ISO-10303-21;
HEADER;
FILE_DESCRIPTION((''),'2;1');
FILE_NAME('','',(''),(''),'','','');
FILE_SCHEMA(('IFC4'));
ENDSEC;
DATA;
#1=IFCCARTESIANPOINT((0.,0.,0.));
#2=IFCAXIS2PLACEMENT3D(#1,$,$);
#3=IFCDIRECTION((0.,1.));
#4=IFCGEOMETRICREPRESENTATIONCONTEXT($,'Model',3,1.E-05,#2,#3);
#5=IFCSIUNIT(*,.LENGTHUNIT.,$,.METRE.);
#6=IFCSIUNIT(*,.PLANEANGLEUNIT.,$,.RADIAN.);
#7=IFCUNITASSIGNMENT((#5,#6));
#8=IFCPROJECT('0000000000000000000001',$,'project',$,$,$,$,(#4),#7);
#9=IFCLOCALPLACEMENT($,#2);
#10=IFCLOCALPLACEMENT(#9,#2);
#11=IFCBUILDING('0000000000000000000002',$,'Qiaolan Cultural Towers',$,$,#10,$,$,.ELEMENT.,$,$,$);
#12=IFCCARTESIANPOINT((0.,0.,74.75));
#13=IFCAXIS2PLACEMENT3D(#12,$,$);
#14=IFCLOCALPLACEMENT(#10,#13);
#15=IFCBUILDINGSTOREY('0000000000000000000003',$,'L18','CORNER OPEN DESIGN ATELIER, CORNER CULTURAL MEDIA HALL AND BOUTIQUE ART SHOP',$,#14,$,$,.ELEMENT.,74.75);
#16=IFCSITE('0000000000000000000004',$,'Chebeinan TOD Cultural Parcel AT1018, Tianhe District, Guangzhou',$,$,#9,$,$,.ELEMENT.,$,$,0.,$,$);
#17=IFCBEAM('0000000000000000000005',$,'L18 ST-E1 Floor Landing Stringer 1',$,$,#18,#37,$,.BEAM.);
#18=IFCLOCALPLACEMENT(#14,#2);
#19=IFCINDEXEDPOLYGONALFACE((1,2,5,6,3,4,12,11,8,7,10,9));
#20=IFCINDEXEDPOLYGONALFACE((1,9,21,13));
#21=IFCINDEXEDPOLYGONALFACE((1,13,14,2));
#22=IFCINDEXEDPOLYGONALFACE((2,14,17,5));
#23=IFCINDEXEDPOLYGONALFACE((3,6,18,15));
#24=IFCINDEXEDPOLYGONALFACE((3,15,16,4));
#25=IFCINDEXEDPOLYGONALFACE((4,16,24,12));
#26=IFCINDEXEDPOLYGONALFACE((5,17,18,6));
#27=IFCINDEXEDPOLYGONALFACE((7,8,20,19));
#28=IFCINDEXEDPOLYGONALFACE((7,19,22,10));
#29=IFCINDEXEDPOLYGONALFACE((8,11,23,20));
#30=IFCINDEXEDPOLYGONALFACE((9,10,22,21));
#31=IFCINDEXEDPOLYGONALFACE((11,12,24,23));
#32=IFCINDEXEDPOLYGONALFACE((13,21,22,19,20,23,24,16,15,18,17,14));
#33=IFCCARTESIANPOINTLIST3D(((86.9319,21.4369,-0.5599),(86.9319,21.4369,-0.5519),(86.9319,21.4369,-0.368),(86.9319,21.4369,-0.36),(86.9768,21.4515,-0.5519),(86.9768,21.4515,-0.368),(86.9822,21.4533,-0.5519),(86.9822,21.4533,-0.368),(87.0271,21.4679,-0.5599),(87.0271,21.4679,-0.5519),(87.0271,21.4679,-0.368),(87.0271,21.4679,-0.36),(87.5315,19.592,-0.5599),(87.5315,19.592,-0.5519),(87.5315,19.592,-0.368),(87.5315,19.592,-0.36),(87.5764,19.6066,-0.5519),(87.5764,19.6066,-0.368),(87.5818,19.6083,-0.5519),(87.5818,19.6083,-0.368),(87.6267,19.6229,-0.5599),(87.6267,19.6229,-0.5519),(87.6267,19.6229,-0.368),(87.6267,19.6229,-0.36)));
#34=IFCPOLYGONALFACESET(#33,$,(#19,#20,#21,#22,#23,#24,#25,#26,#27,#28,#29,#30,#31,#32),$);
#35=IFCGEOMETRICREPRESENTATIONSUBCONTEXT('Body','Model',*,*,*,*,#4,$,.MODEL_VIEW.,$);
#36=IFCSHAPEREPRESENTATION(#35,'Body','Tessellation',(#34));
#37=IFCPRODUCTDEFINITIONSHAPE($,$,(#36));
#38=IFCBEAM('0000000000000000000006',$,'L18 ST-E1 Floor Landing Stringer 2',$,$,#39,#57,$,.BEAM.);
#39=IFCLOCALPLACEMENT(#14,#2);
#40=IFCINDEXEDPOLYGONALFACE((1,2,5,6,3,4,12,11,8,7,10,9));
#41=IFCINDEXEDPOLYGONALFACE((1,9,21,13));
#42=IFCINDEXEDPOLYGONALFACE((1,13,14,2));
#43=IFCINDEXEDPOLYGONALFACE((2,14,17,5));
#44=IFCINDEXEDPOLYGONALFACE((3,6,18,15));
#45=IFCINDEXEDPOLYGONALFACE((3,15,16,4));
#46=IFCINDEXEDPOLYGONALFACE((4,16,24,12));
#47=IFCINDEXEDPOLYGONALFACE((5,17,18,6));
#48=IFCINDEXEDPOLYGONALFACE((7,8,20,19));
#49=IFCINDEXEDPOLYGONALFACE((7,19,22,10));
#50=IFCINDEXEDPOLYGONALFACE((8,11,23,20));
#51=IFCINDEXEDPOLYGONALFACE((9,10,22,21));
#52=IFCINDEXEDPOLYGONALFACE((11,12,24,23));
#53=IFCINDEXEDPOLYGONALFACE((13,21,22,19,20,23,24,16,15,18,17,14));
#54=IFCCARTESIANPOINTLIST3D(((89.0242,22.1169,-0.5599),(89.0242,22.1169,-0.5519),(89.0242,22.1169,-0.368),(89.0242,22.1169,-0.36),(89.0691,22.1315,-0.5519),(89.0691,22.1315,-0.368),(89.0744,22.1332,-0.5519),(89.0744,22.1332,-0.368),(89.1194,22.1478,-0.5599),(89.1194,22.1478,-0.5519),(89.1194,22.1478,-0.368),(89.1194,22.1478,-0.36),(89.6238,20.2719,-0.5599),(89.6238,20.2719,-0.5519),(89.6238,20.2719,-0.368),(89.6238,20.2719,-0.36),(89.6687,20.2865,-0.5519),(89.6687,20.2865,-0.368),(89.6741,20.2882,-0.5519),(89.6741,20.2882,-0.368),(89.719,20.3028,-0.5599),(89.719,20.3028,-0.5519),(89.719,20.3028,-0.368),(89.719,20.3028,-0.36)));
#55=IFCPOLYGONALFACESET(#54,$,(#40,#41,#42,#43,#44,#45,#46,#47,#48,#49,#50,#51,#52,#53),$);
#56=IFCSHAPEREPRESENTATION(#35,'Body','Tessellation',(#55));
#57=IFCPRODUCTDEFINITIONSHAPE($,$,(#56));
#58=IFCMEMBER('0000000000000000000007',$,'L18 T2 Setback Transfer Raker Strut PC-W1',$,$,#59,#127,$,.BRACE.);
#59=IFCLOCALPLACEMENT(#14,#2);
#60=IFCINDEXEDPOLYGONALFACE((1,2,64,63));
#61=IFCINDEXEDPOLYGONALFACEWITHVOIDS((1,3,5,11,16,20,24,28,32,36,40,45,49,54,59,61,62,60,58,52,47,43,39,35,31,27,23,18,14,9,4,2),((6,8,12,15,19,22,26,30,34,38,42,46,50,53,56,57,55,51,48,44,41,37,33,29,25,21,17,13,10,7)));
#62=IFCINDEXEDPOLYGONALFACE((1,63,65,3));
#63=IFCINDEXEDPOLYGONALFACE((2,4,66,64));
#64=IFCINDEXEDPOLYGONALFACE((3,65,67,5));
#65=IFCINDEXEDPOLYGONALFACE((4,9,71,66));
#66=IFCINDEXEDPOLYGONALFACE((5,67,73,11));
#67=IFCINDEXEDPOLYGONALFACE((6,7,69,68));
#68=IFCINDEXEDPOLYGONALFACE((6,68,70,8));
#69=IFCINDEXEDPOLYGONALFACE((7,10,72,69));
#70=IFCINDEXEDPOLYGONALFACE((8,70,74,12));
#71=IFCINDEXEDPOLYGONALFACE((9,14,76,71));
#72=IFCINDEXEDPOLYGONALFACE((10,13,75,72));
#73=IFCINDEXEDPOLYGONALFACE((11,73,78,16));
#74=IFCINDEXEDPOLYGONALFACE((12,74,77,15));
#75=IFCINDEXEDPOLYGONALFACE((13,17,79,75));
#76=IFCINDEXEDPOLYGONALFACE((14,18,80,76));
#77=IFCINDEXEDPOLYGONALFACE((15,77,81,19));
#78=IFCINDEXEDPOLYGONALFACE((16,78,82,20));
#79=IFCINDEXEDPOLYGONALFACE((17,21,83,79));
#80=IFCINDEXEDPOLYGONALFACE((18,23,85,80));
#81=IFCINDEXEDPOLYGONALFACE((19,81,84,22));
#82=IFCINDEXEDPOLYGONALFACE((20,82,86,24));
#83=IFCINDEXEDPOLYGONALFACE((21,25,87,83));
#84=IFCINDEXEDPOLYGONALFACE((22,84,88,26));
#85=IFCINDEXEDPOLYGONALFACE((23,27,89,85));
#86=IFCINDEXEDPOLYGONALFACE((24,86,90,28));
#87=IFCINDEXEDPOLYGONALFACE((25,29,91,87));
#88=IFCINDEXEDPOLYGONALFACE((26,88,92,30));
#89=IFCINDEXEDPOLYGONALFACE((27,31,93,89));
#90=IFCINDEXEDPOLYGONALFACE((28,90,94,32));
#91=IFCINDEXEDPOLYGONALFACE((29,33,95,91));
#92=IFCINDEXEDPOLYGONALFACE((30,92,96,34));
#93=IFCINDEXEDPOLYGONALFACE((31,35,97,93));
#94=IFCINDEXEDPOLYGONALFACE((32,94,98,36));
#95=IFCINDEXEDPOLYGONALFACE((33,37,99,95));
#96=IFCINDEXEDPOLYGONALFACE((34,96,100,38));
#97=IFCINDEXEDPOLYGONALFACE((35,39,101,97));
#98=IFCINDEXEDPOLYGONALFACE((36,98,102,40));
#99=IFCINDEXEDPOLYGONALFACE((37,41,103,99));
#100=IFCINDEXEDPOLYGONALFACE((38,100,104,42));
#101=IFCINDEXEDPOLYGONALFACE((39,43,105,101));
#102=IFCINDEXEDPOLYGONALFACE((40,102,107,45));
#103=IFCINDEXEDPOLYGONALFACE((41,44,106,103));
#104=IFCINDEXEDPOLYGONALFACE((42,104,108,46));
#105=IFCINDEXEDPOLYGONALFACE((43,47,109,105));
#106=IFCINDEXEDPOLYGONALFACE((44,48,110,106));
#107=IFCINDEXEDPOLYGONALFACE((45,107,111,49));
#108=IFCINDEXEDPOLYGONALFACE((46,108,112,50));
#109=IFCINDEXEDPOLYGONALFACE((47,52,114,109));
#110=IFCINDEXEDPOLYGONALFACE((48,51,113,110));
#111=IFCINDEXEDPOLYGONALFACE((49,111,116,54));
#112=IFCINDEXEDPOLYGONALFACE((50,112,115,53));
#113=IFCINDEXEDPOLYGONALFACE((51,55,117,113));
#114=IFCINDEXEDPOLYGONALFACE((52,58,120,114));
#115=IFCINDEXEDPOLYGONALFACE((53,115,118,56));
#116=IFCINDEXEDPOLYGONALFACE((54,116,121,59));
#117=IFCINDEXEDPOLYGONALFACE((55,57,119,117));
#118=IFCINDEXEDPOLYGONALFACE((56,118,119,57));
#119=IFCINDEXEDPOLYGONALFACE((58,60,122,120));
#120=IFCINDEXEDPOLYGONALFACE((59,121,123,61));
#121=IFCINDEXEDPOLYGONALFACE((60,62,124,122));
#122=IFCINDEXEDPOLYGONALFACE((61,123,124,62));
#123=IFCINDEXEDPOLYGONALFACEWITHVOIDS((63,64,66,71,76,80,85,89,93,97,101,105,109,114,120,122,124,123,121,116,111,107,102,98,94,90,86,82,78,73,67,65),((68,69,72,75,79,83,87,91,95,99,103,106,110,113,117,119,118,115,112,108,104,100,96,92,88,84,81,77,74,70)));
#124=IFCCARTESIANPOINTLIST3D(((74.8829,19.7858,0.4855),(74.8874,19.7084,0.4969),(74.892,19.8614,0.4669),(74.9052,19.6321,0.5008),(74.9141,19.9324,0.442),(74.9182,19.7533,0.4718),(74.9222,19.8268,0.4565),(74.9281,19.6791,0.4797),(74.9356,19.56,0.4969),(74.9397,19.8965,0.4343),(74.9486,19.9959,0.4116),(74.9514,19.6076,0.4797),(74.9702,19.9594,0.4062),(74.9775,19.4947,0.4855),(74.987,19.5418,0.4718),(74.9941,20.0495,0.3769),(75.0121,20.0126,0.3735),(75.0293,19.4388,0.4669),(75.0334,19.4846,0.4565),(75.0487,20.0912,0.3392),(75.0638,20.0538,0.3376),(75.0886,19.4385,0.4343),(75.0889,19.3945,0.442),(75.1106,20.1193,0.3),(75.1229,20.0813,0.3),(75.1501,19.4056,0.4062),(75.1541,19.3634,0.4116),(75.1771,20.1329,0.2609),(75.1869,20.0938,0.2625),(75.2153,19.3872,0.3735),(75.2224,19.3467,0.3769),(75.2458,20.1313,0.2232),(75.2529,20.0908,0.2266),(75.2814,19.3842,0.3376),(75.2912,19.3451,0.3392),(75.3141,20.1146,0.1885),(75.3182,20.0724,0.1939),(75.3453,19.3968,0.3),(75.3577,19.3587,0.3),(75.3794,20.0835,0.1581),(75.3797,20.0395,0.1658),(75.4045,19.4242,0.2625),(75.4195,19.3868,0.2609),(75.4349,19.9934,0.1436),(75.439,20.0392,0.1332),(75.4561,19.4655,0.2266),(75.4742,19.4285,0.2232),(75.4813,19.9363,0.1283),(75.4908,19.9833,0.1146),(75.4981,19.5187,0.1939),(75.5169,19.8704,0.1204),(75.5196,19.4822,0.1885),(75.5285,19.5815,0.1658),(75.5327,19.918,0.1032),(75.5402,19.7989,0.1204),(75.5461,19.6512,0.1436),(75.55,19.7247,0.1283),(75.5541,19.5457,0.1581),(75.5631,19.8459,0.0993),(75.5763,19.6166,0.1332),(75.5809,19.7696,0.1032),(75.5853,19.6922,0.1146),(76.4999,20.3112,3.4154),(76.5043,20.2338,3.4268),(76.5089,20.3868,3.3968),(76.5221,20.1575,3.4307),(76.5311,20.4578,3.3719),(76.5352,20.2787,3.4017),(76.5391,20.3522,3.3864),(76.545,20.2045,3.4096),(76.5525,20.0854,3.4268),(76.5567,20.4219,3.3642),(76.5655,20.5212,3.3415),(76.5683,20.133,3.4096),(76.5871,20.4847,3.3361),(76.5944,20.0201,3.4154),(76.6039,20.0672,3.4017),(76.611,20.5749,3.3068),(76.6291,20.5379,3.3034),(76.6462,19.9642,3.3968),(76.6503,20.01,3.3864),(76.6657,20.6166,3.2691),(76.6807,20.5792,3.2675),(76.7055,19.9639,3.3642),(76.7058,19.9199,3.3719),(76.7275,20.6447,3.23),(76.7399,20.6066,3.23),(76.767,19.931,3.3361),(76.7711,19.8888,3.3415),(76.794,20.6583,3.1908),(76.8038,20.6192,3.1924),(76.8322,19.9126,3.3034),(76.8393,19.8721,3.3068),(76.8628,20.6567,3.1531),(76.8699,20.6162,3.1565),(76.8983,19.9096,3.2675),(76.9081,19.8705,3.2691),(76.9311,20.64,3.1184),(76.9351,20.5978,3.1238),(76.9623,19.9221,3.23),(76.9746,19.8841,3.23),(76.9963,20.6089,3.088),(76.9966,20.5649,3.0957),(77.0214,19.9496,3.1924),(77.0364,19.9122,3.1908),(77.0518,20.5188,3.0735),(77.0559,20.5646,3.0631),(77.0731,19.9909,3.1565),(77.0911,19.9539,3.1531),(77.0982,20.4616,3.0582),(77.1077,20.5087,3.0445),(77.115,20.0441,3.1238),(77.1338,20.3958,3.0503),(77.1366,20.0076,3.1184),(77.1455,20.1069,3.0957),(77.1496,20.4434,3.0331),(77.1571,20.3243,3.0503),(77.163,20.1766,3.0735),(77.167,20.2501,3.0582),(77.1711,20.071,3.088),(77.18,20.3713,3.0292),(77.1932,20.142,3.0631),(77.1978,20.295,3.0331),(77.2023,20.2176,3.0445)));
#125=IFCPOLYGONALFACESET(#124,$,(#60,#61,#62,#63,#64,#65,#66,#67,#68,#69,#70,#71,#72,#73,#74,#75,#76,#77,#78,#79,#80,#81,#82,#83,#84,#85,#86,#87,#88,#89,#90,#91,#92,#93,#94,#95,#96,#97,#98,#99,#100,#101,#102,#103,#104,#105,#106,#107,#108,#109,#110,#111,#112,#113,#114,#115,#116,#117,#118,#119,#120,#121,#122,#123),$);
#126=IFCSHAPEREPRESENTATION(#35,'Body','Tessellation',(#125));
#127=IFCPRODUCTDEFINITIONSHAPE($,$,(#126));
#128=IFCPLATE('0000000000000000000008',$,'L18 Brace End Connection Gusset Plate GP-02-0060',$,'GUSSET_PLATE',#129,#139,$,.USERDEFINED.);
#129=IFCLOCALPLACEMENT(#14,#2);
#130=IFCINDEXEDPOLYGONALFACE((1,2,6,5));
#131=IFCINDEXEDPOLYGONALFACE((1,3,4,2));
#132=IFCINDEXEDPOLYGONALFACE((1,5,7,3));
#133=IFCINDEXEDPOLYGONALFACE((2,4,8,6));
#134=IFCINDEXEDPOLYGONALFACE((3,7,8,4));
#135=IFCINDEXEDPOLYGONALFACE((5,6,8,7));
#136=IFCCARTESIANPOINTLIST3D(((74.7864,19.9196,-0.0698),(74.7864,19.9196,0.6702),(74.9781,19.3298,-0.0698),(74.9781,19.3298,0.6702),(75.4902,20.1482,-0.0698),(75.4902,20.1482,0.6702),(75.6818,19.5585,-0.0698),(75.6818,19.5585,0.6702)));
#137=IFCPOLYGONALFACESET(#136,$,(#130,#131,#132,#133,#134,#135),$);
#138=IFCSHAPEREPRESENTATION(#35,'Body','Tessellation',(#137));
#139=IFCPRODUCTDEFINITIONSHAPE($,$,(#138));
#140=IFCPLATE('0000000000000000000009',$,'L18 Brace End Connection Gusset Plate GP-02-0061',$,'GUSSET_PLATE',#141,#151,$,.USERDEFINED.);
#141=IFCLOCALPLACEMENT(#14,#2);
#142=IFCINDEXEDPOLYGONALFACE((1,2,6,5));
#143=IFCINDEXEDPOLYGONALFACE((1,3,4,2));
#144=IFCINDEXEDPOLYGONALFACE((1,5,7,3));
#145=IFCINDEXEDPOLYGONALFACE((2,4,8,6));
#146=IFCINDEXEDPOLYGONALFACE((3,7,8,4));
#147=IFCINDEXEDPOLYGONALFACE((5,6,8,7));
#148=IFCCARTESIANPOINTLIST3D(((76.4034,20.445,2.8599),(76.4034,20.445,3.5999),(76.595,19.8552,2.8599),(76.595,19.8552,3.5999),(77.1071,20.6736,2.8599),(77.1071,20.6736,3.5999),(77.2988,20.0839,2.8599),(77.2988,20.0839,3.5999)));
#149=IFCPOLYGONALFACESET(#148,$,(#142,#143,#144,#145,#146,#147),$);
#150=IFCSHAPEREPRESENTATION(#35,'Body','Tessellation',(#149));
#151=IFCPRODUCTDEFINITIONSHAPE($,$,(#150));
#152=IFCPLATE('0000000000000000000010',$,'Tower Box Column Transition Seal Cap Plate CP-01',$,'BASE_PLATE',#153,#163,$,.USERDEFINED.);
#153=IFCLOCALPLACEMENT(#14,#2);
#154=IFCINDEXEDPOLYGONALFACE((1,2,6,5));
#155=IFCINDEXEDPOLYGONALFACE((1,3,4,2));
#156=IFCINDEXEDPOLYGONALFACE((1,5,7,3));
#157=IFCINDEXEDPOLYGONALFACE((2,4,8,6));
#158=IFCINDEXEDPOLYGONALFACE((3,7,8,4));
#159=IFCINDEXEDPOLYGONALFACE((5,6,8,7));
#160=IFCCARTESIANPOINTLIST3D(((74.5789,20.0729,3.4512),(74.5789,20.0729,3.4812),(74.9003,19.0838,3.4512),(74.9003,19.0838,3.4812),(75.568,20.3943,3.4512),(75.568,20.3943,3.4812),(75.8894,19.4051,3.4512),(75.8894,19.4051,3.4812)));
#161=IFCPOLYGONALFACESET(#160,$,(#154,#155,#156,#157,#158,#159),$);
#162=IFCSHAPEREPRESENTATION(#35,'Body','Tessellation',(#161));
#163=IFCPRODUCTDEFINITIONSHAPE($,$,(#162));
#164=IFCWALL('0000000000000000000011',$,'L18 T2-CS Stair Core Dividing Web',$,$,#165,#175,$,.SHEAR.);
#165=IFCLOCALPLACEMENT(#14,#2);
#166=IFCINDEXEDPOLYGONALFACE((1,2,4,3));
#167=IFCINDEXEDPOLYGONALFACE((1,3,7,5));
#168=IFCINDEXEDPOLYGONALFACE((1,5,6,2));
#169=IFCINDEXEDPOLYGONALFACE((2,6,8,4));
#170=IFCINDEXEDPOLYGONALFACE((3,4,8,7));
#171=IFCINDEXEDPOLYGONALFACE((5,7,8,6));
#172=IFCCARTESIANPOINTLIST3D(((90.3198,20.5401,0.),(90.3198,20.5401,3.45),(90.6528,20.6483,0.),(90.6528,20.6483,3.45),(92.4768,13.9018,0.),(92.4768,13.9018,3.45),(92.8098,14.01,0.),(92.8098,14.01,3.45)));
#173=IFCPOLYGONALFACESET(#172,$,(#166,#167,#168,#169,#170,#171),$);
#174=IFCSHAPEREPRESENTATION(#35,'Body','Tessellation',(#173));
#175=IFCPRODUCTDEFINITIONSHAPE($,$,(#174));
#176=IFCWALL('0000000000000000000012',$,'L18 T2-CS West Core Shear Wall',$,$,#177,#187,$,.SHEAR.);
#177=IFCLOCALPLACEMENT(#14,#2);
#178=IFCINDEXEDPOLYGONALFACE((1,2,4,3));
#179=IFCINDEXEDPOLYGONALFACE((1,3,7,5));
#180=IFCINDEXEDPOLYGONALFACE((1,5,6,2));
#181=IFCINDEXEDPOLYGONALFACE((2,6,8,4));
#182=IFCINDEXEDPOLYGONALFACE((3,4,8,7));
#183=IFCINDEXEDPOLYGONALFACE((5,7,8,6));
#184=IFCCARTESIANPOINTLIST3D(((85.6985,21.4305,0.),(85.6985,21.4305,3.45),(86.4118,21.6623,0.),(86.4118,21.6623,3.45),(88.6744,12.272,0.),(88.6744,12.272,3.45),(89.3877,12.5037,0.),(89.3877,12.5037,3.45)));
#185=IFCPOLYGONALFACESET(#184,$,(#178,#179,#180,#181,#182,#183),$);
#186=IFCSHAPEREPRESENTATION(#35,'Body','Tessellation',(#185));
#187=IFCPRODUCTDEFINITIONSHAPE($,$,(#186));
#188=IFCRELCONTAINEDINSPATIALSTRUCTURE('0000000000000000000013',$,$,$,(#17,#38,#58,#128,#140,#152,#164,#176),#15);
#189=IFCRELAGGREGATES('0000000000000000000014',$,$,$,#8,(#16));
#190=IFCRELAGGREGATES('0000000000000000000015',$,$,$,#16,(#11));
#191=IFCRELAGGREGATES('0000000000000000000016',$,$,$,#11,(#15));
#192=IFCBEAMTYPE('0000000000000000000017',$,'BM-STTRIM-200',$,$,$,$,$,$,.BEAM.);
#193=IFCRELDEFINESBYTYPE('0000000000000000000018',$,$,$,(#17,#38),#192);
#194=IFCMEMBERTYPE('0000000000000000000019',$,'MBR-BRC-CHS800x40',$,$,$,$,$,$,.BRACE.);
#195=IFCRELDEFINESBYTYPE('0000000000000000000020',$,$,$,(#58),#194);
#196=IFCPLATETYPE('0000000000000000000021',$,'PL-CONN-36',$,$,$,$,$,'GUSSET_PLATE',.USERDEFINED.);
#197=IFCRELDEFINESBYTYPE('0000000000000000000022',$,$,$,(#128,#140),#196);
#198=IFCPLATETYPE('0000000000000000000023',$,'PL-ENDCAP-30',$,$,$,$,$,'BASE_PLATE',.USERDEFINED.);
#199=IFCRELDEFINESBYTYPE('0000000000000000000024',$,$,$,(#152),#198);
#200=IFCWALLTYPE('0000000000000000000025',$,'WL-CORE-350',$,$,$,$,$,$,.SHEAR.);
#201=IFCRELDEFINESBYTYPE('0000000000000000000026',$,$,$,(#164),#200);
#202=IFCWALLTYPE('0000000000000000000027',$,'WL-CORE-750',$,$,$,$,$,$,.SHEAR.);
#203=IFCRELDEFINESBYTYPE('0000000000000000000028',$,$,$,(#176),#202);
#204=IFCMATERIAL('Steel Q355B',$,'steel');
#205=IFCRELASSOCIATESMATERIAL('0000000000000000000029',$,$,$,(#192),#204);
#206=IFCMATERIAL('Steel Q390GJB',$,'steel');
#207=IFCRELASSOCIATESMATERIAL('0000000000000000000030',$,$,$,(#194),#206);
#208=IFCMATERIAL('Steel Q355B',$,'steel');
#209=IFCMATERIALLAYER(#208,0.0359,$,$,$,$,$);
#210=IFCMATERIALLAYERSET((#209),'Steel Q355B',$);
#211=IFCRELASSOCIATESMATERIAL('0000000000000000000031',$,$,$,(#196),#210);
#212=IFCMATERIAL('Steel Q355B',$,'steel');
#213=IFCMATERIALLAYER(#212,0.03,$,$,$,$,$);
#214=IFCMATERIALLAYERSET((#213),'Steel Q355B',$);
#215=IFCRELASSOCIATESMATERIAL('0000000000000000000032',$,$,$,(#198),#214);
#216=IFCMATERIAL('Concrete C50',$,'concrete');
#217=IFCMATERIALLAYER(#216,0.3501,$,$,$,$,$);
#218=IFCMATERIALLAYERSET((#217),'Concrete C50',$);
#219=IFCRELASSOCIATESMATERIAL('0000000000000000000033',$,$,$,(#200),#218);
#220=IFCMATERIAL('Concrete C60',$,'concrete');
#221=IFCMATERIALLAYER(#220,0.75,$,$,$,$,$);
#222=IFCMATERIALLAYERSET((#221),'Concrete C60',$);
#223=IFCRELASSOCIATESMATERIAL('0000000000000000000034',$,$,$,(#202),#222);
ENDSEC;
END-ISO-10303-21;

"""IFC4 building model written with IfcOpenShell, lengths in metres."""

from ifc_helpers import new_model, si_unit, direction, frame, frame_2d, origin, origin_2d, place, context, subcontext, project, spatial, rectangle, hollow_circle, i_section, extrude, material, layer, layer_set, material_profile, profile_set, type_object, element, save


model = new_model("IFC4")

# Units and contexts
model_context = context("Model", 3, precision=1e-05, world=origin(), true_north=direction((0.0, 1.0)))
body_context = subcontext(model_context, "Body", "Model", "MODEL_VIEW")
ifc_project = project(units=[si_unit("LENGTHUNIT", "METRE"), si_unit("PLANEANGLEUNIT", "RADIAN")], contexts=[model_context])

# Site, building, storey
site_placement = place(None, origin())
site = spatial("IfcSite", under=ifc_project, at=site_placement, Name="Chebeinan TOD Cultural Parcel AT1018, Tianhe District, Guangzhou", CompositionType="ELEMENT", RefElevation=0.0)
building_placement = place(site_placement, origin())
building = spatial("IfcBuilding", under=site, at=building_placement, Name="Qiaolan Cultural Towers", CompositionType="ELEMENT")
storey_placement = place(building_placement, frame((0.0, 0.0, 74.75)))
storey = spatial("IfcBuildingStorey", under=building, at=storey_placement, Name="L18", Description="CORNER OPEN DESIGN ATELIER, CORNER CULTURAL MEDIA HALL AND BOUTIQUE ART SHOP", CompositionType="ELEMENT", Elevation=74.75)

# Beams
ifc_material_1 = material(Name="Steel Q355B", Category="steel")
ifc_material_profile_1 = material_profile(ifc_material_1, i_section(OverallWidth=0.1001, OverallDepth=0.2, WebThickness=0.0056, FlangeThickness=0.0081, at=origin_2d()), Name="HN200x100x5.5x8")
ifc_profile_set_1 = profile_set([ifc_material_profile_1], Name="Steel Q355B")
beam_type_1 = type_object("IfcBeamType", Name="BM-STTRIM-200", PredefinedType="BEAM", material=ifc_profile_set_1)
for number, where, z_axis, x_axis, name in (
    (1, (86.9795, 21.4524, -0.46), (0.309083, -0.951035, 0.0), (0.951035, 0.309083, 0.0), "L18 ST-E1 Floor Landing Stringer 1"),
    (2, (89.0718, 22.1323, -0.46), (0.309083, -0.951035, 0.0), (0.951035, 0.309083, 0.0), "L18 ST-E1 Floor Landing Stringer 2"),
):
    element("IfcBeam", number, at=place(storey_placement, frame(where, z_axis=z_axis, x_axis=x_axis)), inside=storey, type_object=beam_type_1, Name=name, PredefinedType="BEAM", context=body_context, shape_type="SweptSolid", body=[
        extrude(i_section(OverallWidth=0.1001, OverallDepth=0.2, WebThickness=0.0056, FlangeThickness=0.0081, at=origin_2d()), origin(), (0.0, 0.0, 1.0), 1.9399),
    ])

# Member
ifc_material_2 = material(Name="Steel Q390GJB", Category="steel")
ifc_material_profile_2 = material_profile(ifc_material_2, hollow_circle(Radius=0.3999, WallThickness=0.04, at=origin_2d()), Name="CHS800x40")
ifc_profile_set_2 = profile_set([ifc_material_profile_2], Name="Steel Q390GJB")
member_type = type_object("IfcMemberType", Name="MBR-BRC-CHS800x40", PredefinedType="BRACE", material=ifc_profile_set_2)
member_placement = place(storey_placement, frame((75.2341, 19.739, 0.3), z_axis=(0.477329, 0.155098, 0.864929), x_axis=(-0.309024, 0.951054, 0.0)))
element("IfcMember", 3, at=member_placement, inside=storey, type_object=member_type, Name="L18 T2 Setback Transfer Raker Strut PC-W1", PredefinedType="BRACE", context=body_context, shape_type="SweptSolid", body=[
    extrude(hollow_circle(Radius=0.3999, WallThickness=0.04, at=origin_2d()), origin(), (0.0, 0.0, 1.0), 3.3875),
])

# Plates
ifc_material_3 = material(Name="Steel Q355B", Category="steel")
ifc_layer_1 = layer(ifc_material_3, 0.0359)
ifc_layer_set_1 = layer_set([ifc_layer_1], Name="Steel Q355B")
plate_type_1 = type_object("IfcPlateType", Name="PL-CONN-36", ElementType="GUSSET_PLATE", PredefinedType="USERDEFINED", material=ifc_layer_set_1)
for number, where, z_axis, x_axis, name in (
    (4, (75.2341, 19.739, -0.0698), (0.0, 0.0, 1.0), (0.951056, 0.309017, 0.0), "L18 Brace End Connection Gusset Plate GP-02-0060"),
    (5, (76.8511, 20.2644, 2.8599), (0.0, 0.0, 1.0), (0.951056, 0.309017, 0.0), "L18 Brace End Connection Gusset Plate GP-02-0061"),
):
    element("IfcPlate", number, at=place(storey_placement, frame(where, z_axis=z_axis, x_axis=x_axis)), inside=storey, type_object=plate_type_1, Name=name, ObjectType="GUSSET_PLATE", PredefinedType="USERDEFINED", context=body_context, shape_type="SweptSolid", body=[
        extrude(rectangle(XDim=0.74, YDim=0.6201, at=origin_2d()), origin(), (0.0, 0.0, 1.0), 0.74),
    ])
ifc_material_4 = material(Name="Steel Q355B", Category="steel")
ifc_layer_2 = layer(ifc_material_4, 0.03)
ifc_layer_set_2 = layer_set([ifc_layer_2], Name="Steel Q355B")
plate_type_2 = type_object("IfcPlateType", Name="PL-ENDCAP-30", ElementType="BASE_PLATE", PredefinedType="USERDEFINED", material=ifc_layer_set_2)
plate_placement = place(storey_placement, frame((75.2341, 19.739, 3.4512), z_axis=(0.0, 0.0, 1.0), x_axis=(0.951057, 0.309017, 0.0)))
element("IfcPlate", 6, at=plate_placement, inside=storey, type_object=plate_type_2, Name="Tower Box Column Transition Seal Cap Plate CP-01", ObjectType="BASE_PLATE", PredefinedType="USERDEFINED", context=body_context, shape_type="SweptSolid", body=[
    extrude(rectangle(XDim=1.04, YDim=1.04, at=origin_2d()), origin(), (0.0, 0.0, 1.0), 0.03),
])

# Walls
ifc_material_5 = material(Name="Concrete C50", Category="concrete")
ifc_layer_3 = layer(ifc_material_5, 0.3501)
ifc_layer_set_3 = layer_set([ifc_layer_3], Name="Concrete C50")
wall_type_1 = type_object("IfcWallType", Name="WL-CORE-350", PredefinedType="SHEAR", material=ifc_layer_set_3)
wall_1_placement = place(storey_placement, frame((90.4863, 20.5942, 0.0), z_axis=(0.0, 0.0, 1.0), x_axis=(0.30902, -0.951055, 0.0)))
element("IfcWall", 7, at=wall_1_placement, inside=storey, type_object=wall_type_1, Name="L18 T2-CS Stair Core Dividing Web", PredefinedType="SHEAR", context=body_context, shape_type="SweptSolid", body=[
    extrude(rectangle(XDim=6.98, YDim=0.3501, at=frame_2d((3.49, 0.0))), origin(), (0.0, 0.0, 1.0), 3.45),
])
ifc_material_6 = material(Name="Concrete C60", Category="concrete")
ifc_layer_4 = layer(ifc_material_6, 0.75)
ifc_layer_set_4 = layer_set([ifc_layer_4], Name="Concrete C60")
wall_type_2 = type_object("IfcWallType", Name="WL-CORE-750", PredefinedType="SHEAR", material=ifc_layer_set_4)
wall_2_placement = place(storey_placement, frame((86.0552, 21.5464, 0.0), z_axis=(0.0, 0.0, 1.0), x_axis=(0.309024, -0.951054, 0.0)))
element("IfcWall", 8, at=wall_2_placement, inside=storey, type_object=wall_type_2, Name="L18 T2-CS West Core Shear Wall", PredefinedType="SHEAR", context=body_context, shape_type="SweptSolid", body=[
    extrude(rectangle(XDim=9.6299, YDim=0.75, at=frame_2d((4.8149, 0.0))), origin(), (0.0, 0.0, 1.0), 3.45),
])

save(model, "model.ifc")
